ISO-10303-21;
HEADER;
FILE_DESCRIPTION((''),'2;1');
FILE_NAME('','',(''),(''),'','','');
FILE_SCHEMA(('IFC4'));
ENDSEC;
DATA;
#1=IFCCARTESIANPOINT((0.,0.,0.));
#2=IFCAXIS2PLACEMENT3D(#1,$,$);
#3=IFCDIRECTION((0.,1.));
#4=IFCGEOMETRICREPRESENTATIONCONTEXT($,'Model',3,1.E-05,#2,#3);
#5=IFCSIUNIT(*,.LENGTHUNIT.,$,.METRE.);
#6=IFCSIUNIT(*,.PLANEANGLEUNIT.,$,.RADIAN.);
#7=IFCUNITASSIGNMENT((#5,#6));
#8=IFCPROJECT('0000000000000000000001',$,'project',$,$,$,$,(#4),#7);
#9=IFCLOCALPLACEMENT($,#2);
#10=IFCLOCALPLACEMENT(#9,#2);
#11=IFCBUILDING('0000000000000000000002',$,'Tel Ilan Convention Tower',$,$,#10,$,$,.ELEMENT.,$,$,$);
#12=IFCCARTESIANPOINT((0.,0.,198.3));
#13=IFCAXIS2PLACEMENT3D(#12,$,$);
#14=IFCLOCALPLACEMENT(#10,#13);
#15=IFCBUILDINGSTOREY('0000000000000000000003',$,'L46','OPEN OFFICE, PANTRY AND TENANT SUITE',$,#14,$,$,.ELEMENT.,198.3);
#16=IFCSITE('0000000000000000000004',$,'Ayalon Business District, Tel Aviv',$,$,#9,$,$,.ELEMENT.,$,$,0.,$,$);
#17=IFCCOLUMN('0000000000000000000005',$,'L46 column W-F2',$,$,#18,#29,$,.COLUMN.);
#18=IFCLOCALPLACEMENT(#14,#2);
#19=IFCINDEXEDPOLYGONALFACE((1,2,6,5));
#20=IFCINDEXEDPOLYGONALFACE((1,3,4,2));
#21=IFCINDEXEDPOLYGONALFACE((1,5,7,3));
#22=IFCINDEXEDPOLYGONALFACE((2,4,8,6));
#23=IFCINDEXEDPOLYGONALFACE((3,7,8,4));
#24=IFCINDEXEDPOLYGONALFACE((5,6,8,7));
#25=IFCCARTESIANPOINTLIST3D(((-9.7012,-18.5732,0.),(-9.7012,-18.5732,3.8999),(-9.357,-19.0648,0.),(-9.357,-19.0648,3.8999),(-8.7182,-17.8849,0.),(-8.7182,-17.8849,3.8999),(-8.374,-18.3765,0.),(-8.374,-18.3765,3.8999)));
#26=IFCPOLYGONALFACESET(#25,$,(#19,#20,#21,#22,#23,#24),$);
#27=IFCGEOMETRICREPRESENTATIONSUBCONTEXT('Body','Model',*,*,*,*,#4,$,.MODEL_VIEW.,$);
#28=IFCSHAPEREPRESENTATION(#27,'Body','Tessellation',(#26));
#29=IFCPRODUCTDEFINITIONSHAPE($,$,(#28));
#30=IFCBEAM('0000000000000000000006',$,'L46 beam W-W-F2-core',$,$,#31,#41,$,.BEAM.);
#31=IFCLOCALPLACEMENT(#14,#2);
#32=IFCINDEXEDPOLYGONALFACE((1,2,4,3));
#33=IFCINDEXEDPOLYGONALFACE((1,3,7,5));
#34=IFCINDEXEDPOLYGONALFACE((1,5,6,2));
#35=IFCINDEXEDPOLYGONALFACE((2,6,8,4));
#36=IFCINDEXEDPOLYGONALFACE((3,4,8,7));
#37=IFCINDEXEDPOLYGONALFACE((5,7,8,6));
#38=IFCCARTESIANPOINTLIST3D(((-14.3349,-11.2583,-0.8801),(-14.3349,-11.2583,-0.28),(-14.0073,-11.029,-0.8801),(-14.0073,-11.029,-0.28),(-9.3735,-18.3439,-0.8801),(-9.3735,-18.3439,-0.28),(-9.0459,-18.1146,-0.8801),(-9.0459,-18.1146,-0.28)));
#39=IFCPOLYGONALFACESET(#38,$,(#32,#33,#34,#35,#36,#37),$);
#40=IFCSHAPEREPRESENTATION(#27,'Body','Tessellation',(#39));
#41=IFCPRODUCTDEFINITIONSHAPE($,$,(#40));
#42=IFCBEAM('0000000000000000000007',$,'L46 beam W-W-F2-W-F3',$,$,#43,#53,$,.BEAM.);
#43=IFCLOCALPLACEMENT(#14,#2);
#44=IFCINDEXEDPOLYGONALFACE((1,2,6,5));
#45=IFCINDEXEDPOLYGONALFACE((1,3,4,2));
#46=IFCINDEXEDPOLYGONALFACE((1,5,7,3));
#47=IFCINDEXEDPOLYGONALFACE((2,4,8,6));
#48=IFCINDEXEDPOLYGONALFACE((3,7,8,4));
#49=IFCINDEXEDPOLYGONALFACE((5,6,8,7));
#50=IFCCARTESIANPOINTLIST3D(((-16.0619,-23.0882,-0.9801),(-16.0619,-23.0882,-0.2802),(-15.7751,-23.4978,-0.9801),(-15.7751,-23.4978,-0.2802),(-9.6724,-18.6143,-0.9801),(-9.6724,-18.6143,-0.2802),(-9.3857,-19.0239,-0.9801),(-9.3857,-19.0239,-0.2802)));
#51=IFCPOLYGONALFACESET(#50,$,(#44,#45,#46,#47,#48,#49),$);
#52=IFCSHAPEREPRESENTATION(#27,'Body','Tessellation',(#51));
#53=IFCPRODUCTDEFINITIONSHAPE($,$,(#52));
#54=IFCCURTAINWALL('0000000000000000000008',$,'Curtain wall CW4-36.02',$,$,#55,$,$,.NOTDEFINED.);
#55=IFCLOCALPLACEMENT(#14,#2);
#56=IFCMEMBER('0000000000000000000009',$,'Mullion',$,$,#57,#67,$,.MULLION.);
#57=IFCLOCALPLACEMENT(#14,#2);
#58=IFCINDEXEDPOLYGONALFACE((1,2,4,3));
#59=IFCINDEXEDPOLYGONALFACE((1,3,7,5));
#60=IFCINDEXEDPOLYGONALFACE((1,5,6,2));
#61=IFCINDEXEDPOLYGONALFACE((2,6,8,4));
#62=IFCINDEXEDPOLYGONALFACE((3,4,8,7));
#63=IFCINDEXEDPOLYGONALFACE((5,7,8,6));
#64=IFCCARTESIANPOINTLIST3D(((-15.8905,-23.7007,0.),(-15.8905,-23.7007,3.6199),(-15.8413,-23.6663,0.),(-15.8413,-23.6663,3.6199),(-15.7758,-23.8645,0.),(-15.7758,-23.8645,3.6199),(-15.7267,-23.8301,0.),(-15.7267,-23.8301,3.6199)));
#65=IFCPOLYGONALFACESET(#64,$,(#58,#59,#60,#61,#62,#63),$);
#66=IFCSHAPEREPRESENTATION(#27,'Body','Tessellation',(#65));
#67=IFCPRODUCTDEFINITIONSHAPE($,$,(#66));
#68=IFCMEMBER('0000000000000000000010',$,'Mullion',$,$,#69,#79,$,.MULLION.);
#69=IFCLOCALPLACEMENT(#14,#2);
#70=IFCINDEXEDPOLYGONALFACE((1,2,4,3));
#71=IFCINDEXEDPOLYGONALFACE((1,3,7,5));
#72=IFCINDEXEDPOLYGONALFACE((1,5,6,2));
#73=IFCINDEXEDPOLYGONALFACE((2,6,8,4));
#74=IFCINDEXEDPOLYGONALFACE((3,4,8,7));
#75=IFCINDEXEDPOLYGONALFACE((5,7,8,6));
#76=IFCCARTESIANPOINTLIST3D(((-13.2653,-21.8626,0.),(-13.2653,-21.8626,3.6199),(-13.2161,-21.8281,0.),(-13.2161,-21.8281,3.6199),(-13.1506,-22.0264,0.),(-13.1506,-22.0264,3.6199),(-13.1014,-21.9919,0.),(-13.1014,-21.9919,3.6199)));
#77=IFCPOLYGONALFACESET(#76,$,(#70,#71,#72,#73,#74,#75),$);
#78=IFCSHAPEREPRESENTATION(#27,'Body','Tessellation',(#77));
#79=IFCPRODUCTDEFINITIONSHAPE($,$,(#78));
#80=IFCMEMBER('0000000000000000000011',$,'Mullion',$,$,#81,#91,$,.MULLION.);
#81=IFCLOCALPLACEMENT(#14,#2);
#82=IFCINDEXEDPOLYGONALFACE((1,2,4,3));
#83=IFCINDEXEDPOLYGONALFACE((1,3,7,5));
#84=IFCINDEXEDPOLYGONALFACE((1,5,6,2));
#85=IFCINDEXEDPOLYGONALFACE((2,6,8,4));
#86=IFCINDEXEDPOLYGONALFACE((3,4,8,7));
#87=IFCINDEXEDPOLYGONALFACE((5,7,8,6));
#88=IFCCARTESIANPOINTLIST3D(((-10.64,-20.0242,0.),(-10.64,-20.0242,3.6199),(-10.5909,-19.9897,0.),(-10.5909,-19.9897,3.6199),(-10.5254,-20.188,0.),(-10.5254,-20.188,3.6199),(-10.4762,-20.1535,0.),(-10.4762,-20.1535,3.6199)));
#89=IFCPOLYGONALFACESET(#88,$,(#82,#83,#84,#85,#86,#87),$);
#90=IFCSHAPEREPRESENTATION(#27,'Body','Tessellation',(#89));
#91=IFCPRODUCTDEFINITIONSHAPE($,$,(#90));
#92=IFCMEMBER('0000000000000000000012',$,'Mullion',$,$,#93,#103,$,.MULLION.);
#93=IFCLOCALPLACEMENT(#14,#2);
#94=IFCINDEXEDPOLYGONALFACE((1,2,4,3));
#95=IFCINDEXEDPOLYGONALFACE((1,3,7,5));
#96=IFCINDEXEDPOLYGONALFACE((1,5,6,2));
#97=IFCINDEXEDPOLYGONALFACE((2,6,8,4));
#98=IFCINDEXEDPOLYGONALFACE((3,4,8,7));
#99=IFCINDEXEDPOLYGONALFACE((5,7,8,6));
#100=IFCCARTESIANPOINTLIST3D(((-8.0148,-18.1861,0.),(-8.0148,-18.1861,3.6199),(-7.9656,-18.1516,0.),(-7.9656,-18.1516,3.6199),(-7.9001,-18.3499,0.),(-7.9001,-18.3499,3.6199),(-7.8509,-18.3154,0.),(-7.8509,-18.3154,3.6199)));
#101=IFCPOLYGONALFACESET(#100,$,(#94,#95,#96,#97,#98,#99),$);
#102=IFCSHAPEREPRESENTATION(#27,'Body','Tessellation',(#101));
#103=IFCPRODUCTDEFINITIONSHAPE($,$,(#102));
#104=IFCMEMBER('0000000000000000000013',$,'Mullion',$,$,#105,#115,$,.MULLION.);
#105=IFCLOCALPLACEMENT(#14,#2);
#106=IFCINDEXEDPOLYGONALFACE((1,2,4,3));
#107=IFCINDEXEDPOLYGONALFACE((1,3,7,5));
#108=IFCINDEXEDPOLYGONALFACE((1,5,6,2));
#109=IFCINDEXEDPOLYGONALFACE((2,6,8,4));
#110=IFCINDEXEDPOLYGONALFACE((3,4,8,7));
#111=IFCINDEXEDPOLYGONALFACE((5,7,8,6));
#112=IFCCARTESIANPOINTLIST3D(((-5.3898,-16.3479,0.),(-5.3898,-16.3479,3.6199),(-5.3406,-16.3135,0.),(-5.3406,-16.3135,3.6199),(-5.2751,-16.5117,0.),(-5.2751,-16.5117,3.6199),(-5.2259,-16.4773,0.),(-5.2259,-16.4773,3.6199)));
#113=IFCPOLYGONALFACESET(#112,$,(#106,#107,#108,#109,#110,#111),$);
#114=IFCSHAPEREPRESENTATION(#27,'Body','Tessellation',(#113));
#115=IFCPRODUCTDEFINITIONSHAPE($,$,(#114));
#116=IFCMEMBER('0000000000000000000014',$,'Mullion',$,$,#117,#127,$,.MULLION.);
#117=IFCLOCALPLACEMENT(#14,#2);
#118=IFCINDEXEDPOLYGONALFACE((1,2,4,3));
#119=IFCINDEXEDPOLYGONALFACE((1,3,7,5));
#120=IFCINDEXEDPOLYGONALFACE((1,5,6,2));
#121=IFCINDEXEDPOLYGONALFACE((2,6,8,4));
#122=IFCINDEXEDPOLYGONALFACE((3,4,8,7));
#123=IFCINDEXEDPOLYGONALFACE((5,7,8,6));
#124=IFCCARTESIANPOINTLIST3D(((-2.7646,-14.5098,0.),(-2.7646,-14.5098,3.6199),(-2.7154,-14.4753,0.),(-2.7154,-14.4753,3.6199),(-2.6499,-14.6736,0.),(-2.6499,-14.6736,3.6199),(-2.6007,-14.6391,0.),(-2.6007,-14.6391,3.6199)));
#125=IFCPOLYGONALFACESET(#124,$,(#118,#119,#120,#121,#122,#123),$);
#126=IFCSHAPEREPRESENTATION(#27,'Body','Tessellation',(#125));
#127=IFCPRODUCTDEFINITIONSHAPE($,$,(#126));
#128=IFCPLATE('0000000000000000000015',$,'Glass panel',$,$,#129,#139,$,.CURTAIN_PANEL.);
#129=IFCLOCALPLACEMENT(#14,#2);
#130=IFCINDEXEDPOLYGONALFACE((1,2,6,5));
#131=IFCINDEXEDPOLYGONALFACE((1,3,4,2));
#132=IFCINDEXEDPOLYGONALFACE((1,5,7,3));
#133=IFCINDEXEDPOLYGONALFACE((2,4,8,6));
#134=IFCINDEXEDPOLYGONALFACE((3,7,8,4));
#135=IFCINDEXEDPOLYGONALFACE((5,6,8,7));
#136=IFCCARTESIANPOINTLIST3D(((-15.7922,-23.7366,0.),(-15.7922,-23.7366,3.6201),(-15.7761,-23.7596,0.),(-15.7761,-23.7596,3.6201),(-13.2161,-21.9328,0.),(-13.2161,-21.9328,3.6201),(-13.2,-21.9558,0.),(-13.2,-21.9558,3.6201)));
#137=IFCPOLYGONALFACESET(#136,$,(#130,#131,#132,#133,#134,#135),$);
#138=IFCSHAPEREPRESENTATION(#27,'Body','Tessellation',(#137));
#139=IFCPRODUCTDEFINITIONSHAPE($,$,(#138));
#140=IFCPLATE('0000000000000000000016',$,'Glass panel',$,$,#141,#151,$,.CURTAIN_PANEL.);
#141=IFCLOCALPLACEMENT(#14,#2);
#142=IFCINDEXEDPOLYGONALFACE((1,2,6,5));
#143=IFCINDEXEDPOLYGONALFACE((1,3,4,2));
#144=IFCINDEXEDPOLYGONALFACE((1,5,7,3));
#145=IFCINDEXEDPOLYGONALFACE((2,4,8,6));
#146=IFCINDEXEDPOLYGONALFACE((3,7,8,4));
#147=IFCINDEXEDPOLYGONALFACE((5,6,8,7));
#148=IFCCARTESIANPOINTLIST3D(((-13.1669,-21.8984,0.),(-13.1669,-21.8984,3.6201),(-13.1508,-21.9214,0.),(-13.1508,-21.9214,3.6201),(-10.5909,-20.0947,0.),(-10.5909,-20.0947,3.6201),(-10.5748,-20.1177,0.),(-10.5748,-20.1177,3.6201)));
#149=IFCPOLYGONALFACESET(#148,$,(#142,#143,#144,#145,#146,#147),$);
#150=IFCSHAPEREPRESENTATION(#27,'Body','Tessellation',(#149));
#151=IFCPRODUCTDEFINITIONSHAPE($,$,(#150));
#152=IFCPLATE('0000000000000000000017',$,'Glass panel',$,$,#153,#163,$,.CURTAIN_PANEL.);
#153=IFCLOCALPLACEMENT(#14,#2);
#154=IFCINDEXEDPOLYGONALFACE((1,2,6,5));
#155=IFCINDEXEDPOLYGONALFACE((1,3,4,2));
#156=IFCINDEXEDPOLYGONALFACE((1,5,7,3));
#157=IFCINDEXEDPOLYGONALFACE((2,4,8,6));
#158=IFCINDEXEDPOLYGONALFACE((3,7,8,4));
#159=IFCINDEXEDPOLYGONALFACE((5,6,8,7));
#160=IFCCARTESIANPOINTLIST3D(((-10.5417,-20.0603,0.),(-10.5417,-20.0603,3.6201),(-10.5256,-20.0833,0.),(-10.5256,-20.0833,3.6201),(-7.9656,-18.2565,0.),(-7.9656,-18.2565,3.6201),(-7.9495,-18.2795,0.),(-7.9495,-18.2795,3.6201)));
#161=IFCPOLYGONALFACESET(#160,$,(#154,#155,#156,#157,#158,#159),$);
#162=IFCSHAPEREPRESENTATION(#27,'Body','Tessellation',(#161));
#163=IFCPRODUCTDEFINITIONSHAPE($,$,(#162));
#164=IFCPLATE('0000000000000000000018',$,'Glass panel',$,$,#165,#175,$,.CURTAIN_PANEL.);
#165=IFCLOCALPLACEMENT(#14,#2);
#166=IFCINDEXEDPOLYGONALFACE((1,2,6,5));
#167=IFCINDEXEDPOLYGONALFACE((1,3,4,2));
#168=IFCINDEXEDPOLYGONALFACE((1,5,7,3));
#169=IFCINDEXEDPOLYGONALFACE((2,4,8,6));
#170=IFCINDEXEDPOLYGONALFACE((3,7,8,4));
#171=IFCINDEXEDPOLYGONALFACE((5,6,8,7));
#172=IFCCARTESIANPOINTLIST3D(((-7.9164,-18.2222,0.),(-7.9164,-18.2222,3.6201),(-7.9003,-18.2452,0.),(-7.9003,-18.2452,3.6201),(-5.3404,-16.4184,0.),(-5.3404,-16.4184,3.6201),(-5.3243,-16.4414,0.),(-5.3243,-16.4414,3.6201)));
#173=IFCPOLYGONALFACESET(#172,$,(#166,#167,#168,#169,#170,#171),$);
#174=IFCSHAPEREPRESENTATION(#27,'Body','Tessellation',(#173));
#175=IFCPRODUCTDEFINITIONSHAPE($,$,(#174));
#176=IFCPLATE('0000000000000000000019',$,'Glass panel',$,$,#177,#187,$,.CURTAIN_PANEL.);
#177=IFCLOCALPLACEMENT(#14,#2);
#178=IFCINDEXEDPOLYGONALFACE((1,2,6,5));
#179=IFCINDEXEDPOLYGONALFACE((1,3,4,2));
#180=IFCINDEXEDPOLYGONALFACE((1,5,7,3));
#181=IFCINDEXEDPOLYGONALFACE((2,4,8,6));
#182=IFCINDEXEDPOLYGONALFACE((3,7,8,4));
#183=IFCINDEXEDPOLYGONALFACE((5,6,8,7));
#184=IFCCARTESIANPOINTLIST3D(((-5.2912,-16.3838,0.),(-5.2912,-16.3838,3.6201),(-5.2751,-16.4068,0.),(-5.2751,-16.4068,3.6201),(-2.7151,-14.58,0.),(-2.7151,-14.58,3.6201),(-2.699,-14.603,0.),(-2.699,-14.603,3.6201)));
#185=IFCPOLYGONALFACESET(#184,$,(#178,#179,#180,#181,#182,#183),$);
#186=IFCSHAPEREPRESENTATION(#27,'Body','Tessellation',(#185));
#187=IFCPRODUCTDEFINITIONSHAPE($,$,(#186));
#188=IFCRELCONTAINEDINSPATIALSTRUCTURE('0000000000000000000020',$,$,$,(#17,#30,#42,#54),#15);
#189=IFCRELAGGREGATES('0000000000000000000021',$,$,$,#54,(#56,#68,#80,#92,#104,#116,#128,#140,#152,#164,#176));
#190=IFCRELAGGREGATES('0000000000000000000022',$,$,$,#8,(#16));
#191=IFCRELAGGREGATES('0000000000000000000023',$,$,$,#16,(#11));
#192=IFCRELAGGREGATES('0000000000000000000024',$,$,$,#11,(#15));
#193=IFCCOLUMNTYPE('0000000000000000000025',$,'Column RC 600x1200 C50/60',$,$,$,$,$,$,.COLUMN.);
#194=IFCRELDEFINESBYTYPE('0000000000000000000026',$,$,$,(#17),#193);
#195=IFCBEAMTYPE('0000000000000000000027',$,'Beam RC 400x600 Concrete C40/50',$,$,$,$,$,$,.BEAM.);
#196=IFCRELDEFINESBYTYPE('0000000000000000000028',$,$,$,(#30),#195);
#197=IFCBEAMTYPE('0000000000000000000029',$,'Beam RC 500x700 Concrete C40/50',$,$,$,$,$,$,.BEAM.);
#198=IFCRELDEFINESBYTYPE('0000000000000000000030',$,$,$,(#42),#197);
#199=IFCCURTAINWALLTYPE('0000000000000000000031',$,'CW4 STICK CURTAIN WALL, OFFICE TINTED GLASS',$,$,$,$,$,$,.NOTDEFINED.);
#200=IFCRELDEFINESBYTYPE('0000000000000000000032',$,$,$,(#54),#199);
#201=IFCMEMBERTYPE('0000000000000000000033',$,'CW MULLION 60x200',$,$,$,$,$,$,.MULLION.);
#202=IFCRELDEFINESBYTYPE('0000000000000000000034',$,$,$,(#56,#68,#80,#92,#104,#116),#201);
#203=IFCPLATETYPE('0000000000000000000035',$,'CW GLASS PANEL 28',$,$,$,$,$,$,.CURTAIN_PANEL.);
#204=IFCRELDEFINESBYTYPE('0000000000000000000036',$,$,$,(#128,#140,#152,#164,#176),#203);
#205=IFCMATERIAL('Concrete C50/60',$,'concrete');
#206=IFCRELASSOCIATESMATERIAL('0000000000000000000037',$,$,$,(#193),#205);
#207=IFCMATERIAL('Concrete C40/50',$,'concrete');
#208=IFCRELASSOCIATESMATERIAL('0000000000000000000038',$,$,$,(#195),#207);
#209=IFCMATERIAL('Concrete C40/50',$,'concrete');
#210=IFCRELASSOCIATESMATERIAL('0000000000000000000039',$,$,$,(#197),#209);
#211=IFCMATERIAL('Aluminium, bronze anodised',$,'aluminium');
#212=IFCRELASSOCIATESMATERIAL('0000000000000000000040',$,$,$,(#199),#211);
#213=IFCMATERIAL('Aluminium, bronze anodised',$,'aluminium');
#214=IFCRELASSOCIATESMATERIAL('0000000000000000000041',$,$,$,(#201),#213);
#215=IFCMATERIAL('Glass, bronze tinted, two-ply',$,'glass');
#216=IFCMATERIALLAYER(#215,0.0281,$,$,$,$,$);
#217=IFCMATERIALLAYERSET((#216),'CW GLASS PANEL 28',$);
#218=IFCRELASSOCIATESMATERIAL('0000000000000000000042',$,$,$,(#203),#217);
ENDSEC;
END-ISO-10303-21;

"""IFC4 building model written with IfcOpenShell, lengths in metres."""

from ifc_helpers import new_model, si_unit, direction, frame, origin, origin_2d, place, context, subcontext, project, spatial, rectangle, extrude, material, layer, layer_set, material_profile, profile_set, type_object, element, aggregate, save


model = new_model("IFC4")

# Units and contexts
model_context = context("Model", 3, precision=1e-05, world=origin(), true_north=direction((0.0, 1.0)))
body_context = subcontext(model_context, "Body", "Model", "MODEL_VIEW")
ifc_project = project(units=[si_unit("LENGTHUNIT", "METRE"), si_unit("PLANEANGLEUNIT", "RADIAN")], contexts=[model_context])

# Site, building, storey
site_placement = place(None, origin())
site = spatial("IfcSite", under=ifc_project, at=site_placement, Name="Ayalon Business District, Tel Aviv", CompositionType="ELEMENT", RefElevation=0.0)
building_placement = place(site_placement, origin())
building = spatial("IfcBuilding", under=site, at=building_placement, Name="Tel Ilan Convention Tower", CompositionType="ELEMENT")
storey_placement = place(building_placement, frame((0.0, 0.0, 198.3)))
storey = spatial("IfcBuildingStorey", under=building, at=storey_placement, Name="L46", Description="OPEN OFFICE, PANTRY AND TENANT SUITE", CompositionType="ELEMENT", Elevation=198.3)

# Column
ifc_material_1 = material(Name="Concrete C50/60", Category="concrete")
ifc_material_profile_1 = material_profile(ifc_material_1, rectangle(XDim=1.2, YDim=0.6001, at=origin_2d()), Name="RC 600x1200")
ifc_profile_set_1 = profile_set([ifc_material_profile_1], Name="Concrete C50/60")
column_type = type_object("IfcColumnType", Name="Column RC 600x1200 C50/60", PredefinedType="COLUMN", material=ifc_profile_set_1)
column_placement = place(storey_placement, frame((-9.0376, -18.4749, 0.0), z_axis=(0.0, 0.0, 1.0), x_axis=(-0.819152, -0.573576, 0.0)))
element("IfcColumn", 1, at=column_placement, inside=storey, type_object=column_type, Name="L46 column W-F2", PredefinedType="COLUMN", context=body_context, shape_type="SweptSolid", body=[
    extrude(rectangle(XDim=1.2, YDim=0.6001, at=origin_2d()), origin(), (0.0, 0.0, 1.0), 3.8999),
])

# Beams
ifc_material_2 = material(Name="Concrete C40/50", Category="concrete")
ifc_material_profile_2 = material_profile(ifc_material_2, rectangle(XDim=0.3999, YDim=0.6001, at=origin_2d()), Name="RC 400x600")
ifc_profile_set_2 = profile_set([ifc_material_profile_2], Name="Concrete C40/50")
beam_type_1 = type_object("IfcBeamType", Name="Beam RC 400x600 Concrete C40/50", PredefinedType="BEAM", material=ifc_profile_set_2)
beam_1_placement = place(storey_placement, frame((-9.2097, -18.2292, -0.5801), z_axis=(-0.573574, 0.819154, 0.0), x_axis=(-0.819154, -0.573574, 0.0)))
element("IfcBeam", 2, at=beam_1_placement, inside=storey, type_object=beam_type_1, Name="L46 beam W-W-F2-core", PredefinedType="BEAM", context=body_context, shape_type="SweptSolid", body=[
    extrude(rectangle(XDim=0.3999, YDim=0.6001, at=origin_2d()), origin(), (0.0, 0.0, 1.0), 8.6499),
])
ifc_material_3 = material(Name="Concrete C40/50", Category="concrete")
ifc_material_profile_3 = material_profile(ifc_material_3, rectangle(XDim=0.5, YDim=0.7, at=origin_2d()), Name="RC 500x700")
ifc_profile_set_3 = profile_set([ifc_material_profile_3], Name="Concrete C40/50")
beam_type_2 = type_object("IfcBeamType", Name="Beam RC 500x700 Concrete C40/50", PredefinedType="BEAM", material=ifc_profile_set_3)
beam_2_placement = place(storey_placement, frame((-9.5291, -18.8191, -0.6301), z_axis=(-0.819154, -0.573574, 0.0), x_axis=(0.573574, -0.819154, 0.0)))
element("IfcBeam", 3, at=beam_2_placement, inside=storey, type_object=beam_type_2, Name="L46 beam W-W-F2-W-F3", PredefinedType="BEAM", context=body_context, shape_type="SweptSolid", body=[
    extrude(rectangle(XDim=0.5, YDim=0.7, at=origin_2d()), origin(), (0.0, 0.0, 1.0), 7.8),
])

# Curtain wall, members, plates
ifc_material_4 = material(Name="Aluminium, bronze anodised", Category="aluminium")
curtain_wall_type = type_object("IfcCurtainWallType", Name="CW4 STICK CURTAIN WALL, OFFICE TINTED GLASS", PredefinedType="NOTDEFINED", material=ifc_material_4)
curtain_wall_placement = place(storey_placement, origin())
curtain_wall = element("IfcCurtainWall", 4, at=curtain_wall_placement, inside=storey, type_object=curtain_wall_type, Name="Curtain wall CW4-36.02", PredefinedType="NOTDEFINED")
ifc_material_5 = material(Name="Aluminium, bronze anodised", Category="aluminium")
ifc_material_profile_4 = material_profile(ifc_material_5, rectangle(XDim=0.0601, YDim=0.2, at=origin_2d()), Name="CW MULLION 60x200")
ifc_profile_set_4 = profile_set([ifc_material_profile_4], Name="Aluminium, bronze anodised")
member_type = type_object("IfcMemberType", Name="CW MULLION 60x200", PredefinedType="MULLION", material=ifc_profile_set_4)
member_1_placement = place(storey_placement, frame((-15.8086, -23.7654, 0.0), z_axis=(0.0, 0.0, 1.0), x_axis=(0.819152, 0.573576, 0.0)))
member_1 = element("IfcMember", 5, at=member_1_placement, type_object=member_type, Name="Mullion", PredefinedType="MULLION", context=body_context, shape_type="SweptSolid", body=[
    extrude(rectangle(XDim=0.0601, YDim=0.2, at=origin_2d()), origin(), (0.0, 0.0, 1.0), 3.6199),
])
member_2_placement = place(storey_placement, frame((-13.1833, -21.9272, 0.0), z_axis=(0.0, 0.0, 1.0), x_axis=(0.819152, 0.573576, 0.0)))
member_2 = element("IfcMember", 6, at=member_2_placement, type_object=member_type, Name="Mullion", PredefinedType="MULLION", context=body_context, shape_type="SweptSolid", body=[
    extrude(rectangle(XDim=0.0601, YDim=0.2, at=origin_2d()), origin(), (0.0, 0.0, 1.0), 3.6199),
])
member_3_placement = place(storey_placement, frame((-10.5581, -20.0889, 0.0), z_axis=(0.0, 0.0, 1.0), x_axis=(0.819152, 0.573576, 0.0)))
member_3 = element("IfcMember", 7, at=member_3_placement, type_object=member_type, Name="Mullion", PredefinedType="MULLION", context=body_context, shape_type="SweptSolid", body=[
    extrude(rectangle(XDim=0.0601, YDim=0.2, at=origin_2d()), origin(), (0.0, 0.0, 1.0), 3.6199),
])
member_4_placement = place(storey_placement, frame((-7.9329, -18.2507, 0.0), z_axis=(0.0, 0.0, 1.0), x_axis=(0.819152, 0.573576, 0.0)))
member_4 = element("IfcMember", 8, at=member_4_placement, type_object=member_type, Name="Mullion", PredefinedType="MULLION", context=body_context, shape_type="SweptSolid", body=[
    extrude(rectangle(XDim=0.0601, YDim=0.2, at=origin_2d()), origin(), (0.0, 0.0, 1.0), 3.6199),
])
member_5_placement = place(storey_placement, frame((-5.3079, -16.4126, 0.0), z_axis=(0.0, 0.0, 1.0), x_axis=(0.819152, 0.573576, 0.0)))
member_5 = element("IfcMember", 9, at=member_5_placement, type_object=member_type, Name="Mullion", PredefinedType="MULLION", context=body_context, shape_type="SweptSolid", body=[
    extrude(rectangle(XDim=0.0601, YDim=0.2, at=origin_2d()), origin(), (0.0, 0.0, 1.0), 3.6199),
])
member_6_placement = place(storey_placement, frame((-2.6826, -14.5745, 0.0), z_axis=(0.0, 0.0, 1.0), x_axis=(0.819152, 0.573576, 0.0)))
member_6 = element("IfcMember", 10, at=member_6_placement, type_object=member_type, Name="Mullion", PredefinedType="MULLION", context=body_context, shape_type="SweptSolid", body=[
    extrude(rectangle(XDim=0.0601, YDim=0.2, at=origin_2d()), origin(), (0.0, 0.0, 1.0), 3.6199),
])
ifc_material_6 = material(Name="Glass, bronze tinted, two-ply", Category="glass")
ifc_layer_1 = layer(ifc_material_6, 0.0281)
ifc_layer_set_1 = layer_set([ifc_layer_1], Name="CW GLASS PANEL 28")
plate_type = type_object("IfcPlateType", Name="CW GLASS PANEL 28", PredefinedType="CURTAIN_PANEL", material=ifc_layer_set_1)
plate_1_placement = place(storey_placement, frame((-14.4961, -22.8462, 0.0), z_axis=(0.0, 0.0, 1.0), x_axis=(0.819152, 0.573576, 0.0)))
plate_1 = element("IfcPlate", 11, at=plate_1_placement, type_object=plate_type, Name="Glass panel", PredefinedType="CURTAIN_PANEL", context=body_context, shape_type="SweptSolid", body=[
    extrude(rectangle(XDim=3.1448, YDim=0.0281, at=origin_2d()), origin(), (0.0, 0.0, 1.0), 3.6201),
])
plate_2_placement = place(storey_placement, frame((-11.8708, -21.0081, 0.0), z_axis=(0.0, 0.0, 1.0), x_axis=(0.819152, 0.573576, 0.0)))
plate_2 = element("IfcPlate", 12, at=plate_2_placement, type_object=plate_type, Name="Glass panel", PredefinedType="CURTAIN_PANEL", context=body_context, shape_type="SweptSolid", body=[
    extrude(rectangle(XDim=3.1448, YDim=0.0281, at=origin_2d()), origin(), (0.0, 0.0, 1.0), 3.6201),
])
plate_3_placement = place(storey_placement, frame((-9.2456, -19.1699, 0.0), z_axis=(0.0, 0.0, 1.0), x_axis=(0.819152, 0.573576, 0.0)))
plate_3 = element("IfcPlate", 13, at=plate_3_placement, type_object=plate_type, Name="Glass panel", PredefinedType="CURTAIN_PANEL", context=body_context, shape_type="SweptSolid", body=[
    extrude(rectangle(XDim=3.1448, YDim=0.0281, at=origin_2d()), origin(), (0.0, 0.0, 1.0), 3.6201),
])
plate_4_placement = place(storey_placement, frame((-6.6204, -17.3318, 0.0), z_axis=(0.0, 0.0, 1.0), x_axis=(0.819152, 0.573576, 0.0)))
plate_4 = element("IfcPlate", 14, at=plate_4_placement, type_object=plate_type, Name="Glass panel", PredefinedType="CURTAIN_PANEL", context=body_context, shape_type="SweptSolid", body=[
    extrude(rectangle(XDim=3.1448, YDim=0.0281, at=origin_2d()), origin(), (0.0, 0.0, 1.0), 3.6201),
])
plate_5_placement = place(storey_placement, frame((-3.9951, -15.4934, 0.0), z_axis=(0.0, 0.0, 1.0), x_axis=(0.819152, 0.573576, 0.0)))
plate_5 = element("IfcPlate", 15, at=plate_5_placement, type_object=plate_type, Name="Glass panel", PredefinedType="CURTAIN_PANEL", context=body_context, shape_type="SweptSolid", body=[
    extrude(rectangle(XDim=3.1448, YDim=0.0281, at=origin_2d()), origin(), (0.0, 0.0, 1.0), 3.6201),
])
aggregate(curtain_wall, [member_1, member_2, member_3, member_4, member_5, member_6, plate_1, plate_2, plate_3, plate_4, plate_5])

save(model, "model.ifc")
